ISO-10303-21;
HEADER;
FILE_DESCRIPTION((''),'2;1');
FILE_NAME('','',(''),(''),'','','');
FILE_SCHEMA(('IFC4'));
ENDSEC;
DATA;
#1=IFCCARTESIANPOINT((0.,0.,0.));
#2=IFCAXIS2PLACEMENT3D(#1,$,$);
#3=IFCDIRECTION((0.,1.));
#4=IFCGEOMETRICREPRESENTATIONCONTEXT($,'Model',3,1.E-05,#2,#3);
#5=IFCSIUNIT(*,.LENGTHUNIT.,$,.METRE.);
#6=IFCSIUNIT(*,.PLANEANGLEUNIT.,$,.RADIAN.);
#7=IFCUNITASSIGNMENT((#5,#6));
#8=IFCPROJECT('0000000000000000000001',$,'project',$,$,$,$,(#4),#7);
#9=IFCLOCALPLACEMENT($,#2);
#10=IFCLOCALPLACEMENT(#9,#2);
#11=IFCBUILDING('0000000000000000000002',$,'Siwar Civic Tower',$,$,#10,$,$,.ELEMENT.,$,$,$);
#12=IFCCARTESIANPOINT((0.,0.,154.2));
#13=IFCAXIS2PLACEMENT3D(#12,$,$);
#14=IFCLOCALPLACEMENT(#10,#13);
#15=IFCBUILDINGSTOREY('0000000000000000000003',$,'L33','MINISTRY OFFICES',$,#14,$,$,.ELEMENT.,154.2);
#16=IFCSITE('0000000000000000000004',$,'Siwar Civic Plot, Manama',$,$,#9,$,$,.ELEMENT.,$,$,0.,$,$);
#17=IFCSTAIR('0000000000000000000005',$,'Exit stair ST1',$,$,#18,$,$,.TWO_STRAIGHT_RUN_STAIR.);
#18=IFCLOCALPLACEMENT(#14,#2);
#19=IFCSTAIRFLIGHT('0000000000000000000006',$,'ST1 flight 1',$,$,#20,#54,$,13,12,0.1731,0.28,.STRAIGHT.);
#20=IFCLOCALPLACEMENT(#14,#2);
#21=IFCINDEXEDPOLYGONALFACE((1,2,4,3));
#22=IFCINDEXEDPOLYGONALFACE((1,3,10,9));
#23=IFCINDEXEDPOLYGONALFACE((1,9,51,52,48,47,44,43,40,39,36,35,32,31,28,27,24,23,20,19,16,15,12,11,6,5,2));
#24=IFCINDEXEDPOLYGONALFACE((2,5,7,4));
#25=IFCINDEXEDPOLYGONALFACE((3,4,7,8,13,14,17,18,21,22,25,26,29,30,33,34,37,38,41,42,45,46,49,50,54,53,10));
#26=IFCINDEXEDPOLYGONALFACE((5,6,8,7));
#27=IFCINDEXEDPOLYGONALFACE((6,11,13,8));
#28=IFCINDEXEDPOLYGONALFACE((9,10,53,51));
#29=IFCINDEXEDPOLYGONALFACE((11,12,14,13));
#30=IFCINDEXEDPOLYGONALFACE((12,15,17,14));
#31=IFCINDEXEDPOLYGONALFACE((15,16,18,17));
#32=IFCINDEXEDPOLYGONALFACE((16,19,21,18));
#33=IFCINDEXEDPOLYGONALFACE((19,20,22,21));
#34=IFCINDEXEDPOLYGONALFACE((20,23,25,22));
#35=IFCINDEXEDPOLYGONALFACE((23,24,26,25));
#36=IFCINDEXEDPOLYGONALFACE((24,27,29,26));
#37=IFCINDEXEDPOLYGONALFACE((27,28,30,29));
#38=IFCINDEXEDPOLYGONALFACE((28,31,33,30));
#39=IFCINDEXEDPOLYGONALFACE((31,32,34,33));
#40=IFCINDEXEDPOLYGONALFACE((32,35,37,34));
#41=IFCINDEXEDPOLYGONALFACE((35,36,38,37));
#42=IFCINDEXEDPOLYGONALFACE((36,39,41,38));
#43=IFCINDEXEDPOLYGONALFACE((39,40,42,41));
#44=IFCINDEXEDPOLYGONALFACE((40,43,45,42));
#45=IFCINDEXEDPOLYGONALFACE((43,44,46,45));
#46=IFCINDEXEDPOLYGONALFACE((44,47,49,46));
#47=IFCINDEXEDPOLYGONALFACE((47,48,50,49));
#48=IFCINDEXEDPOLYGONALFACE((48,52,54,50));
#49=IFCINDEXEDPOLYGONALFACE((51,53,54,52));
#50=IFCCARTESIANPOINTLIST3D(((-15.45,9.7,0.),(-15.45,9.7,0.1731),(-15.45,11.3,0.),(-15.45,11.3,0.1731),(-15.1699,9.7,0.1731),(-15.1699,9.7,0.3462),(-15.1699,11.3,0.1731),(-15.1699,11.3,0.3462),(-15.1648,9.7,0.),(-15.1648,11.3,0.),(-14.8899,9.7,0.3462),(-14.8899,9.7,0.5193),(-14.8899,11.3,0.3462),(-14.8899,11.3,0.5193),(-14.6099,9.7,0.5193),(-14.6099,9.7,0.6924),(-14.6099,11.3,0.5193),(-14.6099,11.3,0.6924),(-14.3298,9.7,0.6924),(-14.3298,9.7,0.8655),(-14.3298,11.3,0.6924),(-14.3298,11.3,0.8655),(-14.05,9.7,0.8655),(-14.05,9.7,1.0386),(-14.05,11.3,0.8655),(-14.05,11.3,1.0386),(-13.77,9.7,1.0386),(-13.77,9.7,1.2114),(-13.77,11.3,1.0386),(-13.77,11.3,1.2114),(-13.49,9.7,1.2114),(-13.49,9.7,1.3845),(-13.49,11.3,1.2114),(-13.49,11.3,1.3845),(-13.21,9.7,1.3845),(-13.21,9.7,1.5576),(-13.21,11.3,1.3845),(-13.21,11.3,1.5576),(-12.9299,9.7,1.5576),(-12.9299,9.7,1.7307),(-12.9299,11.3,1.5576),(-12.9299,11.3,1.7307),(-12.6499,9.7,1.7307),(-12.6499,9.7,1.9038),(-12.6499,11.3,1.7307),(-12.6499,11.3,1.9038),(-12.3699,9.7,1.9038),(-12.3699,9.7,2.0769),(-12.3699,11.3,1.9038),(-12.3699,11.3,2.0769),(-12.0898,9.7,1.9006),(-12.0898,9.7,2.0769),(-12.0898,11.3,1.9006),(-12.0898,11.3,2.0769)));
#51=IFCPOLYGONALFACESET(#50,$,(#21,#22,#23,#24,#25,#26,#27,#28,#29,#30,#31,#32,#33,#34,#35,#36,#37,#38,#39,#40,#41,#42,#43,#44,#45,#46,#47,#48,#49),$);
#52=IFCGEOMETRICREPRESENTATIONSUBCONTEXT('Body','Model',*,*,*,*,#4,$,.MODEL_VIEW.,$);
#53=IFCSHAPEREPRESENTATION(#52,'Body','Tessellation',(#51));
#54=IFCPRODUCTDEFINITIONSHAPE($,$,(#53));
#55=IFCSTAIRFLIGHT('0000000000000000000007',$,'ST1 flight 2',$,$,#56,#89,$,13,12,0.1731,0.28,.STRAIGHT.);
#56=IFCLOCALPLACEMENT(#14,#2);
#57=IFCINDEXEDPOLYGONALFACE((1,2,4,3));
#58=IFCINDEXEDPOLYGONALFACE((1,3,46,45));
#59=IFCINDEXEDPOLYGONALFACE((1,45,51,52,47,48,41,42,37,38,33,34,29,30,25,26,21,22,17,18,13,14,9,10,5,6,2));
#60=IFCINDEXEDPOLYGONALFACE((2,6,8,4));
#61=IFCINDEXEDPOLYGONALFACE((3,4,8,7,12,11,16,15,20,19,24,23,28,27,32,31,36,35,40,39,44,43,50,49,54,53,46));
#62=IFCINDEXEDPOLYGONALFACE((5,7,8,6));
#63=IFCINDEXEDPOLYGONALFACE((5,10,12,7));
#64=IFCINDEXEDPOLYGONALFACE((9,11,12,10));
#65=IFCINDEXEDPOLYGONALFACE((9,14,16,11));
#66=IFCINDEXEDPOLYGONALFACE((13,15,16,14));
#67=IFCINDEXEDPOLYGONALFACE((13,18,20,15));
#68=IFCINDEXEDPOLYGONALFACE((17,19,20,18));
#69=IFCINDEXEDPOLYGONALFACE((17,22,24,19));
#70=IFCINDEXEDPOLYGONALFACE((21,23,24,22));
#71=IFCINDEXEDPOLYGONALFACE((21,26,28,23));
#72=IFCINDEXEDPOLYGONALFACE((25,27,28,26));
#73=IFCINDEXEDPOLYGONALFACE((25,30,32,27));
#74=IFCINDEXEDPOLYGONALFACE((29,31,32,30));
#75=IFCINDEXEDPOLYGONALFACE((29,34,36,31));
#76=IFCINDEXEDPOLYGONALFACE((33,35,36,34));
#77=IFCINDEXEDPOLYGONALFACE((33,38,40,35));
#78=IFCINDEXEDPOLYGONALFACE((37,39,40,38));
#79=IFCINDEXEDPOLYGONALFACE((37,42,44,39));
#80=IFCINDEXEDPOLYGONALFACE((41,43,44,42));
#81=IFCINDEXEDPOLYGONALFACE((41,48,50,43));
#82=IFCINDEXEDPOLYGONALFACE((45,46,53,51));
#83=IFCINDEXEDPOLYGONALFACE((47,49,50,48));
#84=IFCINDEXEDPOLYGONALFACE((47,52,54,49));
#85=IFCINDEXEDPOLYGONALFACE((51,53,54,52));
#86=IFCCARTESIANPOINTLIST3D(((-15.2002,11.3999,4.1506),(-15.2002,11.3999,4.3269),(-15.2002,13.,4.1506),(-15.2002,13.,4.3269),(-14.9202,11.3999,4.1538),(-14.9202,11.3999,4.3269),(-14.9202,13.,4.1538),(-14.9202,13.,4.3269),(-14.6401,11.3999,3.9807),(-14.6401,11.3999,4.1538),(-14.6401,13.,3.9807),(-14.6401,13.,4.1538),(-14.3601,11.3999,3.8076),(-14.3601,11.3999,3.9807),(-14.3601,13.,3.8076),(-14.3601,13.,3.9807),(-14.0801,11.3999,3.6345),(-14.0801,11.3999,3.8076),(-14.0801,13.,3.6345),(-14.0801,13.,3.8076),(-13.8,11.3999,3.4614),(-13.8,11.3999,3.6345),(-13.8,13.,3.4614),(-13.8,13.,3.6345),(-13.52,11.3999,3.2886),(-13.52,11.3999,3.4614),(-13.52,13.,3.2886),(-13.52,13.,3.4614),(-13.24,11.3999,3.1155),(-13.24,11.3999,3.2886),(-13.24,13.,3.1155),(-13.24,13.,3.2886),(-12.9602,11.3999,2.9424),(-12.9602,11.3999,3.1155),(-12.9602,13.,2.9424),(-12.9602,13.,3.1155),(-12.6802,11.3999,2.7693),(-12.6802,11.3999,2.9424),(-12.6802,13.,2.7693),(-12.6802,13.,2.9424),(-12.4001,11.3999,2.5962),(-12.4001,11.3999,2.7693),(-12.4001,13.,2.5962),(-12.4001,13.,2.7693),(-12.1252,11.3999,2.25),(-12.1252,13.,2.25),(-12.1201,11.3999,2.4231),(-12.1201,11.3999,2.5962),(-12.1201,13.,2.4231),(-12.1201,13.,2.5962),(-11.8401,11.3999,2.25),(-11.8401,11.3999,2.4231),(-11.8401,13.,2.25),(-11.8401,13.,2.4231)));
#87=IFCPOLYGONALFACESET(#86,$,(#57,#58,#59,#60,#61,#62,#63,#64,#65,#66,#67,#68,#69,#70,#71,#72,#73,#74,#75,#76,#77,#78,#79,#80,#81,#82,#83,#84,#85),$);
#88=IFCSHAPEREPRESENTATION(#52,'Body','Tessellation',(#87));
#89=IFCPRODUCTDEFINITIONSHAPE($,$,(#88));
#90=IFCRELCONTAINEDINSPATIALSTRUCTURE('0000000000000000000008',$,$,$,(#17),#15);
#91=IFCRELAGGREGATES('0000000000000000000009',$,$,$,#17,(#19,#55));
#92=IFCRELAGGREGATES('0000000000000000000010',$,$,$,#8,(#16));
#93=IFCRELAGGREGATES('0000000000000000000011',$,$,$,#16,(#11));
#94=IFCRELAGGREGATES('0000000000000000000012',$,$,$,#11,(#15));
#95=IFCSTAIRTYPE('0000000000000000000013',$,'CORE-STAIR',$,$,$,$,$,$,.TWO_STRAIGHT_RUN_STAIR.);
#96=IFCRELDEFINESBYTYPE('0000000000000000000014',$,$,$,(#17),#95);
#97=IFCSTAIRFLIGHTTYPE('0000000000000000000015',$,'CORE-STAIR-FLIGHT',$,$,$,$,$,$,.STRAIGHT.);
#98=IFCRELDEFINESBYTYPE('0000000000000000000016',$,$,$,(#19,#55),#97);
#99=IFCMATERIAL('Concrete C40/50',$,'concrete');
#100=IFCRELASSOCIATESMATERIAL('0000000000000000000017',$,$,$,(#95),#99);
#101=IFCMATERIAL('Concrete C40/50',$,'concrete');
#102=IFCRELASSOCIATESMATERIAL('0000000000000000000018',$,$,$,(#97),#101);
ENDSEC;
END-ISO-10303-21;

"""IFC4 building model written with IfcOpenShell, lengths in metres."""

from ifc_helpers import new_model, si_unit, direction, frame, origin, place, context, subcontext, project, spatial, polyline, outline, extrude, material, type_object, element, aggregate, save


model = new_model("IFC4")

# Units and contexts
model_context = context("Model", 3, precision=1e-05, world=origin(), true_north=direction((0.0, 1.0)))
body_context = subcontext(model_context, "Body", "Model", "MODEL_VIEW")
ifc_project = project(units=[si_unit("LENGTHUNIT", "METRE"), si_unit("PLANEANGLEUNIT", "RADIAN")], contexts=[model_context])

# Site, building, storey
site_placement = place(None, origin())
site = spatial("IfcSite", under=ifc_project, at=site_placement, Name="Siwar Civic Plot, Manama", CompositionType="ELEMENT", RefElevation=0.0)
building_placement = place(site_placement, origin())
building = spatial("IfcBuilding", under=site, at=building_placement, Name="Siwar Civic Tower", CompositionType="ELEMENT")
storey_placement = place(building_placement, frame((0.0, 0.0, 154.2)))
storey = spatial("IfcBuildingStorey", under=building, at=storey_placement, Name="L33", Description="MINISTRY OFFICES", CompositionType="ELEMENT", Elevation=154.2)

# Stair, stair flights
ifc_material_1 = material(Name="Concrete C40/50", Category="concrete")
stair_type = type_object("IfcStairType", Name="CORE-STAIR", PredefinedType="TWO_STRAIGHT_RUN_STAIR", material=ifc_material_1)
stair_placement = place(storey_placement, origin())
stair = element("IfcStair", 1, at=stair_placement, inside=storey, type_object=stair_type, Name="Exit stair ST1", PredefinedType="TWO_STRAIGHT_RUN_STAIR")
ifc_material_2 = material(Name="Concrete C40/50", Category="concrete")
stair_flight_type = type_object("IfcStairFlightType", Name="CORE-STAIR-FLIGHT", PredefinedType="STRAIGHT", material=ifc_material_2)
stair_flight_1_placement = place(storey_placement, frame((-15.45, 10.5, 0.0), z_axis=(0.0, 0.0, 1.0), x_axis=(1.0, 0.0, 0.0)))
stair_flight_1 = element("IfcStairFlight", 2, at=stair_flight_1_placement, type_object=stair_flight_type, Name="ST1 flight 1", NumberOfRisers=13, NumberOfTreads=12, PredefinedType="STRAIGHT", RiserHeight=0.1731, TreadLength=0.28, context=body_context, shape_type="SweptSolid", body=[
    extrude(outline(polyline([(0.0, 0.0), (0.0, 0.1731), (0.28, 0.1731), (0.28, 0.3462), (0.5601, 0.3462), (0.5601, 0.5193), (0.8401, 0.5193), (0.8401, 0.6924), (1.1201, 0.6924), (1.1201, 0.8655), (1.3999, 0.8655), (1.3999, 1.0386), (1.6799, 1.0386), (1.6799, 1.2114), (1.96, 1.2114), (1.96, 1.3845), (2.24, 1.3845), (2.24, 1.5576), (2.52, 1.5576), (2.52, 1.7307), (2.8, 1.7307), (2.8, 1.9038), (3.0801, 1.9038), (3.0801, 2.0769), (3.3601, 2.0769), (3.3601, 2.25), (3.3601, 1.9006), (0.2852, 0.0), (0.0, 0.0)])), frame((0.0, 0.8, 0.0), z_axis=(0.0, -1.0, 0.0), x_axis=(1.0, 0.0, 0.0)), (0.0, 0.0, 1.0), 1.6001),
])
stair_flight_2_placement = place(storey_placement, frame((-11.8401, 12.2, 2.25), z_axis=(0.0, 0.0, 1.0), x_axis=(-1.0, 0.0, 0.0)))
stair_flight_2 = element("IfcStairFlight", 3, at=stair_flight_2_placement, type_object=stair_flight_type, Name="ST1 flight 2", NumberOfRisers=13, NumberOfTreads=12, PredefinedType="STRAIGHT", RiserHeight=0.1731, TreadLength=0.28, context=body_context, shape_type="SweptSolid", body=[
    extrude(outline(polyline([(0.0, 0.0), (0.0, 0.1731), (0.28, 0.1731), (0.28, 0.3462), (0.5601, 0.3462), (0.5601, 0.5193), (0.8401, 0.5193), (0.8401, 0.6924), (1.1201, 0.6924), (1.1201, 0.8655), (1.3999, 0.8655), (1.3999, 1.0386), (1.6799, 1.0386), (1.6799, 1.2114), (1.96, 1.2114), (1.96, 1.3845), (2.24, 1.3845), (2.24, 1.5576), (2.52, 1.5576), (2.52, 1.7307), (2.8, 1.7307), (2.8, 1.9038), (3.0801, 1.9038), (3.0801, 2.0769), (3.3601, 2.0769), (3.3601, 2.25), (3.3601, 1.9006), (0.2852, 0.0), (0.0, 0.0)])), frame((0.0, 0.8, 0.0), z_axis=(0.0, -1.0, 0.0), x_axis=(1.0, 0.0, 0.0)), (0.0, 0.0, 1.0), 1.6001),
])
aggregate(stair, [stair_flight_1, stair_flight_2])

save(model, "model.ifc")
